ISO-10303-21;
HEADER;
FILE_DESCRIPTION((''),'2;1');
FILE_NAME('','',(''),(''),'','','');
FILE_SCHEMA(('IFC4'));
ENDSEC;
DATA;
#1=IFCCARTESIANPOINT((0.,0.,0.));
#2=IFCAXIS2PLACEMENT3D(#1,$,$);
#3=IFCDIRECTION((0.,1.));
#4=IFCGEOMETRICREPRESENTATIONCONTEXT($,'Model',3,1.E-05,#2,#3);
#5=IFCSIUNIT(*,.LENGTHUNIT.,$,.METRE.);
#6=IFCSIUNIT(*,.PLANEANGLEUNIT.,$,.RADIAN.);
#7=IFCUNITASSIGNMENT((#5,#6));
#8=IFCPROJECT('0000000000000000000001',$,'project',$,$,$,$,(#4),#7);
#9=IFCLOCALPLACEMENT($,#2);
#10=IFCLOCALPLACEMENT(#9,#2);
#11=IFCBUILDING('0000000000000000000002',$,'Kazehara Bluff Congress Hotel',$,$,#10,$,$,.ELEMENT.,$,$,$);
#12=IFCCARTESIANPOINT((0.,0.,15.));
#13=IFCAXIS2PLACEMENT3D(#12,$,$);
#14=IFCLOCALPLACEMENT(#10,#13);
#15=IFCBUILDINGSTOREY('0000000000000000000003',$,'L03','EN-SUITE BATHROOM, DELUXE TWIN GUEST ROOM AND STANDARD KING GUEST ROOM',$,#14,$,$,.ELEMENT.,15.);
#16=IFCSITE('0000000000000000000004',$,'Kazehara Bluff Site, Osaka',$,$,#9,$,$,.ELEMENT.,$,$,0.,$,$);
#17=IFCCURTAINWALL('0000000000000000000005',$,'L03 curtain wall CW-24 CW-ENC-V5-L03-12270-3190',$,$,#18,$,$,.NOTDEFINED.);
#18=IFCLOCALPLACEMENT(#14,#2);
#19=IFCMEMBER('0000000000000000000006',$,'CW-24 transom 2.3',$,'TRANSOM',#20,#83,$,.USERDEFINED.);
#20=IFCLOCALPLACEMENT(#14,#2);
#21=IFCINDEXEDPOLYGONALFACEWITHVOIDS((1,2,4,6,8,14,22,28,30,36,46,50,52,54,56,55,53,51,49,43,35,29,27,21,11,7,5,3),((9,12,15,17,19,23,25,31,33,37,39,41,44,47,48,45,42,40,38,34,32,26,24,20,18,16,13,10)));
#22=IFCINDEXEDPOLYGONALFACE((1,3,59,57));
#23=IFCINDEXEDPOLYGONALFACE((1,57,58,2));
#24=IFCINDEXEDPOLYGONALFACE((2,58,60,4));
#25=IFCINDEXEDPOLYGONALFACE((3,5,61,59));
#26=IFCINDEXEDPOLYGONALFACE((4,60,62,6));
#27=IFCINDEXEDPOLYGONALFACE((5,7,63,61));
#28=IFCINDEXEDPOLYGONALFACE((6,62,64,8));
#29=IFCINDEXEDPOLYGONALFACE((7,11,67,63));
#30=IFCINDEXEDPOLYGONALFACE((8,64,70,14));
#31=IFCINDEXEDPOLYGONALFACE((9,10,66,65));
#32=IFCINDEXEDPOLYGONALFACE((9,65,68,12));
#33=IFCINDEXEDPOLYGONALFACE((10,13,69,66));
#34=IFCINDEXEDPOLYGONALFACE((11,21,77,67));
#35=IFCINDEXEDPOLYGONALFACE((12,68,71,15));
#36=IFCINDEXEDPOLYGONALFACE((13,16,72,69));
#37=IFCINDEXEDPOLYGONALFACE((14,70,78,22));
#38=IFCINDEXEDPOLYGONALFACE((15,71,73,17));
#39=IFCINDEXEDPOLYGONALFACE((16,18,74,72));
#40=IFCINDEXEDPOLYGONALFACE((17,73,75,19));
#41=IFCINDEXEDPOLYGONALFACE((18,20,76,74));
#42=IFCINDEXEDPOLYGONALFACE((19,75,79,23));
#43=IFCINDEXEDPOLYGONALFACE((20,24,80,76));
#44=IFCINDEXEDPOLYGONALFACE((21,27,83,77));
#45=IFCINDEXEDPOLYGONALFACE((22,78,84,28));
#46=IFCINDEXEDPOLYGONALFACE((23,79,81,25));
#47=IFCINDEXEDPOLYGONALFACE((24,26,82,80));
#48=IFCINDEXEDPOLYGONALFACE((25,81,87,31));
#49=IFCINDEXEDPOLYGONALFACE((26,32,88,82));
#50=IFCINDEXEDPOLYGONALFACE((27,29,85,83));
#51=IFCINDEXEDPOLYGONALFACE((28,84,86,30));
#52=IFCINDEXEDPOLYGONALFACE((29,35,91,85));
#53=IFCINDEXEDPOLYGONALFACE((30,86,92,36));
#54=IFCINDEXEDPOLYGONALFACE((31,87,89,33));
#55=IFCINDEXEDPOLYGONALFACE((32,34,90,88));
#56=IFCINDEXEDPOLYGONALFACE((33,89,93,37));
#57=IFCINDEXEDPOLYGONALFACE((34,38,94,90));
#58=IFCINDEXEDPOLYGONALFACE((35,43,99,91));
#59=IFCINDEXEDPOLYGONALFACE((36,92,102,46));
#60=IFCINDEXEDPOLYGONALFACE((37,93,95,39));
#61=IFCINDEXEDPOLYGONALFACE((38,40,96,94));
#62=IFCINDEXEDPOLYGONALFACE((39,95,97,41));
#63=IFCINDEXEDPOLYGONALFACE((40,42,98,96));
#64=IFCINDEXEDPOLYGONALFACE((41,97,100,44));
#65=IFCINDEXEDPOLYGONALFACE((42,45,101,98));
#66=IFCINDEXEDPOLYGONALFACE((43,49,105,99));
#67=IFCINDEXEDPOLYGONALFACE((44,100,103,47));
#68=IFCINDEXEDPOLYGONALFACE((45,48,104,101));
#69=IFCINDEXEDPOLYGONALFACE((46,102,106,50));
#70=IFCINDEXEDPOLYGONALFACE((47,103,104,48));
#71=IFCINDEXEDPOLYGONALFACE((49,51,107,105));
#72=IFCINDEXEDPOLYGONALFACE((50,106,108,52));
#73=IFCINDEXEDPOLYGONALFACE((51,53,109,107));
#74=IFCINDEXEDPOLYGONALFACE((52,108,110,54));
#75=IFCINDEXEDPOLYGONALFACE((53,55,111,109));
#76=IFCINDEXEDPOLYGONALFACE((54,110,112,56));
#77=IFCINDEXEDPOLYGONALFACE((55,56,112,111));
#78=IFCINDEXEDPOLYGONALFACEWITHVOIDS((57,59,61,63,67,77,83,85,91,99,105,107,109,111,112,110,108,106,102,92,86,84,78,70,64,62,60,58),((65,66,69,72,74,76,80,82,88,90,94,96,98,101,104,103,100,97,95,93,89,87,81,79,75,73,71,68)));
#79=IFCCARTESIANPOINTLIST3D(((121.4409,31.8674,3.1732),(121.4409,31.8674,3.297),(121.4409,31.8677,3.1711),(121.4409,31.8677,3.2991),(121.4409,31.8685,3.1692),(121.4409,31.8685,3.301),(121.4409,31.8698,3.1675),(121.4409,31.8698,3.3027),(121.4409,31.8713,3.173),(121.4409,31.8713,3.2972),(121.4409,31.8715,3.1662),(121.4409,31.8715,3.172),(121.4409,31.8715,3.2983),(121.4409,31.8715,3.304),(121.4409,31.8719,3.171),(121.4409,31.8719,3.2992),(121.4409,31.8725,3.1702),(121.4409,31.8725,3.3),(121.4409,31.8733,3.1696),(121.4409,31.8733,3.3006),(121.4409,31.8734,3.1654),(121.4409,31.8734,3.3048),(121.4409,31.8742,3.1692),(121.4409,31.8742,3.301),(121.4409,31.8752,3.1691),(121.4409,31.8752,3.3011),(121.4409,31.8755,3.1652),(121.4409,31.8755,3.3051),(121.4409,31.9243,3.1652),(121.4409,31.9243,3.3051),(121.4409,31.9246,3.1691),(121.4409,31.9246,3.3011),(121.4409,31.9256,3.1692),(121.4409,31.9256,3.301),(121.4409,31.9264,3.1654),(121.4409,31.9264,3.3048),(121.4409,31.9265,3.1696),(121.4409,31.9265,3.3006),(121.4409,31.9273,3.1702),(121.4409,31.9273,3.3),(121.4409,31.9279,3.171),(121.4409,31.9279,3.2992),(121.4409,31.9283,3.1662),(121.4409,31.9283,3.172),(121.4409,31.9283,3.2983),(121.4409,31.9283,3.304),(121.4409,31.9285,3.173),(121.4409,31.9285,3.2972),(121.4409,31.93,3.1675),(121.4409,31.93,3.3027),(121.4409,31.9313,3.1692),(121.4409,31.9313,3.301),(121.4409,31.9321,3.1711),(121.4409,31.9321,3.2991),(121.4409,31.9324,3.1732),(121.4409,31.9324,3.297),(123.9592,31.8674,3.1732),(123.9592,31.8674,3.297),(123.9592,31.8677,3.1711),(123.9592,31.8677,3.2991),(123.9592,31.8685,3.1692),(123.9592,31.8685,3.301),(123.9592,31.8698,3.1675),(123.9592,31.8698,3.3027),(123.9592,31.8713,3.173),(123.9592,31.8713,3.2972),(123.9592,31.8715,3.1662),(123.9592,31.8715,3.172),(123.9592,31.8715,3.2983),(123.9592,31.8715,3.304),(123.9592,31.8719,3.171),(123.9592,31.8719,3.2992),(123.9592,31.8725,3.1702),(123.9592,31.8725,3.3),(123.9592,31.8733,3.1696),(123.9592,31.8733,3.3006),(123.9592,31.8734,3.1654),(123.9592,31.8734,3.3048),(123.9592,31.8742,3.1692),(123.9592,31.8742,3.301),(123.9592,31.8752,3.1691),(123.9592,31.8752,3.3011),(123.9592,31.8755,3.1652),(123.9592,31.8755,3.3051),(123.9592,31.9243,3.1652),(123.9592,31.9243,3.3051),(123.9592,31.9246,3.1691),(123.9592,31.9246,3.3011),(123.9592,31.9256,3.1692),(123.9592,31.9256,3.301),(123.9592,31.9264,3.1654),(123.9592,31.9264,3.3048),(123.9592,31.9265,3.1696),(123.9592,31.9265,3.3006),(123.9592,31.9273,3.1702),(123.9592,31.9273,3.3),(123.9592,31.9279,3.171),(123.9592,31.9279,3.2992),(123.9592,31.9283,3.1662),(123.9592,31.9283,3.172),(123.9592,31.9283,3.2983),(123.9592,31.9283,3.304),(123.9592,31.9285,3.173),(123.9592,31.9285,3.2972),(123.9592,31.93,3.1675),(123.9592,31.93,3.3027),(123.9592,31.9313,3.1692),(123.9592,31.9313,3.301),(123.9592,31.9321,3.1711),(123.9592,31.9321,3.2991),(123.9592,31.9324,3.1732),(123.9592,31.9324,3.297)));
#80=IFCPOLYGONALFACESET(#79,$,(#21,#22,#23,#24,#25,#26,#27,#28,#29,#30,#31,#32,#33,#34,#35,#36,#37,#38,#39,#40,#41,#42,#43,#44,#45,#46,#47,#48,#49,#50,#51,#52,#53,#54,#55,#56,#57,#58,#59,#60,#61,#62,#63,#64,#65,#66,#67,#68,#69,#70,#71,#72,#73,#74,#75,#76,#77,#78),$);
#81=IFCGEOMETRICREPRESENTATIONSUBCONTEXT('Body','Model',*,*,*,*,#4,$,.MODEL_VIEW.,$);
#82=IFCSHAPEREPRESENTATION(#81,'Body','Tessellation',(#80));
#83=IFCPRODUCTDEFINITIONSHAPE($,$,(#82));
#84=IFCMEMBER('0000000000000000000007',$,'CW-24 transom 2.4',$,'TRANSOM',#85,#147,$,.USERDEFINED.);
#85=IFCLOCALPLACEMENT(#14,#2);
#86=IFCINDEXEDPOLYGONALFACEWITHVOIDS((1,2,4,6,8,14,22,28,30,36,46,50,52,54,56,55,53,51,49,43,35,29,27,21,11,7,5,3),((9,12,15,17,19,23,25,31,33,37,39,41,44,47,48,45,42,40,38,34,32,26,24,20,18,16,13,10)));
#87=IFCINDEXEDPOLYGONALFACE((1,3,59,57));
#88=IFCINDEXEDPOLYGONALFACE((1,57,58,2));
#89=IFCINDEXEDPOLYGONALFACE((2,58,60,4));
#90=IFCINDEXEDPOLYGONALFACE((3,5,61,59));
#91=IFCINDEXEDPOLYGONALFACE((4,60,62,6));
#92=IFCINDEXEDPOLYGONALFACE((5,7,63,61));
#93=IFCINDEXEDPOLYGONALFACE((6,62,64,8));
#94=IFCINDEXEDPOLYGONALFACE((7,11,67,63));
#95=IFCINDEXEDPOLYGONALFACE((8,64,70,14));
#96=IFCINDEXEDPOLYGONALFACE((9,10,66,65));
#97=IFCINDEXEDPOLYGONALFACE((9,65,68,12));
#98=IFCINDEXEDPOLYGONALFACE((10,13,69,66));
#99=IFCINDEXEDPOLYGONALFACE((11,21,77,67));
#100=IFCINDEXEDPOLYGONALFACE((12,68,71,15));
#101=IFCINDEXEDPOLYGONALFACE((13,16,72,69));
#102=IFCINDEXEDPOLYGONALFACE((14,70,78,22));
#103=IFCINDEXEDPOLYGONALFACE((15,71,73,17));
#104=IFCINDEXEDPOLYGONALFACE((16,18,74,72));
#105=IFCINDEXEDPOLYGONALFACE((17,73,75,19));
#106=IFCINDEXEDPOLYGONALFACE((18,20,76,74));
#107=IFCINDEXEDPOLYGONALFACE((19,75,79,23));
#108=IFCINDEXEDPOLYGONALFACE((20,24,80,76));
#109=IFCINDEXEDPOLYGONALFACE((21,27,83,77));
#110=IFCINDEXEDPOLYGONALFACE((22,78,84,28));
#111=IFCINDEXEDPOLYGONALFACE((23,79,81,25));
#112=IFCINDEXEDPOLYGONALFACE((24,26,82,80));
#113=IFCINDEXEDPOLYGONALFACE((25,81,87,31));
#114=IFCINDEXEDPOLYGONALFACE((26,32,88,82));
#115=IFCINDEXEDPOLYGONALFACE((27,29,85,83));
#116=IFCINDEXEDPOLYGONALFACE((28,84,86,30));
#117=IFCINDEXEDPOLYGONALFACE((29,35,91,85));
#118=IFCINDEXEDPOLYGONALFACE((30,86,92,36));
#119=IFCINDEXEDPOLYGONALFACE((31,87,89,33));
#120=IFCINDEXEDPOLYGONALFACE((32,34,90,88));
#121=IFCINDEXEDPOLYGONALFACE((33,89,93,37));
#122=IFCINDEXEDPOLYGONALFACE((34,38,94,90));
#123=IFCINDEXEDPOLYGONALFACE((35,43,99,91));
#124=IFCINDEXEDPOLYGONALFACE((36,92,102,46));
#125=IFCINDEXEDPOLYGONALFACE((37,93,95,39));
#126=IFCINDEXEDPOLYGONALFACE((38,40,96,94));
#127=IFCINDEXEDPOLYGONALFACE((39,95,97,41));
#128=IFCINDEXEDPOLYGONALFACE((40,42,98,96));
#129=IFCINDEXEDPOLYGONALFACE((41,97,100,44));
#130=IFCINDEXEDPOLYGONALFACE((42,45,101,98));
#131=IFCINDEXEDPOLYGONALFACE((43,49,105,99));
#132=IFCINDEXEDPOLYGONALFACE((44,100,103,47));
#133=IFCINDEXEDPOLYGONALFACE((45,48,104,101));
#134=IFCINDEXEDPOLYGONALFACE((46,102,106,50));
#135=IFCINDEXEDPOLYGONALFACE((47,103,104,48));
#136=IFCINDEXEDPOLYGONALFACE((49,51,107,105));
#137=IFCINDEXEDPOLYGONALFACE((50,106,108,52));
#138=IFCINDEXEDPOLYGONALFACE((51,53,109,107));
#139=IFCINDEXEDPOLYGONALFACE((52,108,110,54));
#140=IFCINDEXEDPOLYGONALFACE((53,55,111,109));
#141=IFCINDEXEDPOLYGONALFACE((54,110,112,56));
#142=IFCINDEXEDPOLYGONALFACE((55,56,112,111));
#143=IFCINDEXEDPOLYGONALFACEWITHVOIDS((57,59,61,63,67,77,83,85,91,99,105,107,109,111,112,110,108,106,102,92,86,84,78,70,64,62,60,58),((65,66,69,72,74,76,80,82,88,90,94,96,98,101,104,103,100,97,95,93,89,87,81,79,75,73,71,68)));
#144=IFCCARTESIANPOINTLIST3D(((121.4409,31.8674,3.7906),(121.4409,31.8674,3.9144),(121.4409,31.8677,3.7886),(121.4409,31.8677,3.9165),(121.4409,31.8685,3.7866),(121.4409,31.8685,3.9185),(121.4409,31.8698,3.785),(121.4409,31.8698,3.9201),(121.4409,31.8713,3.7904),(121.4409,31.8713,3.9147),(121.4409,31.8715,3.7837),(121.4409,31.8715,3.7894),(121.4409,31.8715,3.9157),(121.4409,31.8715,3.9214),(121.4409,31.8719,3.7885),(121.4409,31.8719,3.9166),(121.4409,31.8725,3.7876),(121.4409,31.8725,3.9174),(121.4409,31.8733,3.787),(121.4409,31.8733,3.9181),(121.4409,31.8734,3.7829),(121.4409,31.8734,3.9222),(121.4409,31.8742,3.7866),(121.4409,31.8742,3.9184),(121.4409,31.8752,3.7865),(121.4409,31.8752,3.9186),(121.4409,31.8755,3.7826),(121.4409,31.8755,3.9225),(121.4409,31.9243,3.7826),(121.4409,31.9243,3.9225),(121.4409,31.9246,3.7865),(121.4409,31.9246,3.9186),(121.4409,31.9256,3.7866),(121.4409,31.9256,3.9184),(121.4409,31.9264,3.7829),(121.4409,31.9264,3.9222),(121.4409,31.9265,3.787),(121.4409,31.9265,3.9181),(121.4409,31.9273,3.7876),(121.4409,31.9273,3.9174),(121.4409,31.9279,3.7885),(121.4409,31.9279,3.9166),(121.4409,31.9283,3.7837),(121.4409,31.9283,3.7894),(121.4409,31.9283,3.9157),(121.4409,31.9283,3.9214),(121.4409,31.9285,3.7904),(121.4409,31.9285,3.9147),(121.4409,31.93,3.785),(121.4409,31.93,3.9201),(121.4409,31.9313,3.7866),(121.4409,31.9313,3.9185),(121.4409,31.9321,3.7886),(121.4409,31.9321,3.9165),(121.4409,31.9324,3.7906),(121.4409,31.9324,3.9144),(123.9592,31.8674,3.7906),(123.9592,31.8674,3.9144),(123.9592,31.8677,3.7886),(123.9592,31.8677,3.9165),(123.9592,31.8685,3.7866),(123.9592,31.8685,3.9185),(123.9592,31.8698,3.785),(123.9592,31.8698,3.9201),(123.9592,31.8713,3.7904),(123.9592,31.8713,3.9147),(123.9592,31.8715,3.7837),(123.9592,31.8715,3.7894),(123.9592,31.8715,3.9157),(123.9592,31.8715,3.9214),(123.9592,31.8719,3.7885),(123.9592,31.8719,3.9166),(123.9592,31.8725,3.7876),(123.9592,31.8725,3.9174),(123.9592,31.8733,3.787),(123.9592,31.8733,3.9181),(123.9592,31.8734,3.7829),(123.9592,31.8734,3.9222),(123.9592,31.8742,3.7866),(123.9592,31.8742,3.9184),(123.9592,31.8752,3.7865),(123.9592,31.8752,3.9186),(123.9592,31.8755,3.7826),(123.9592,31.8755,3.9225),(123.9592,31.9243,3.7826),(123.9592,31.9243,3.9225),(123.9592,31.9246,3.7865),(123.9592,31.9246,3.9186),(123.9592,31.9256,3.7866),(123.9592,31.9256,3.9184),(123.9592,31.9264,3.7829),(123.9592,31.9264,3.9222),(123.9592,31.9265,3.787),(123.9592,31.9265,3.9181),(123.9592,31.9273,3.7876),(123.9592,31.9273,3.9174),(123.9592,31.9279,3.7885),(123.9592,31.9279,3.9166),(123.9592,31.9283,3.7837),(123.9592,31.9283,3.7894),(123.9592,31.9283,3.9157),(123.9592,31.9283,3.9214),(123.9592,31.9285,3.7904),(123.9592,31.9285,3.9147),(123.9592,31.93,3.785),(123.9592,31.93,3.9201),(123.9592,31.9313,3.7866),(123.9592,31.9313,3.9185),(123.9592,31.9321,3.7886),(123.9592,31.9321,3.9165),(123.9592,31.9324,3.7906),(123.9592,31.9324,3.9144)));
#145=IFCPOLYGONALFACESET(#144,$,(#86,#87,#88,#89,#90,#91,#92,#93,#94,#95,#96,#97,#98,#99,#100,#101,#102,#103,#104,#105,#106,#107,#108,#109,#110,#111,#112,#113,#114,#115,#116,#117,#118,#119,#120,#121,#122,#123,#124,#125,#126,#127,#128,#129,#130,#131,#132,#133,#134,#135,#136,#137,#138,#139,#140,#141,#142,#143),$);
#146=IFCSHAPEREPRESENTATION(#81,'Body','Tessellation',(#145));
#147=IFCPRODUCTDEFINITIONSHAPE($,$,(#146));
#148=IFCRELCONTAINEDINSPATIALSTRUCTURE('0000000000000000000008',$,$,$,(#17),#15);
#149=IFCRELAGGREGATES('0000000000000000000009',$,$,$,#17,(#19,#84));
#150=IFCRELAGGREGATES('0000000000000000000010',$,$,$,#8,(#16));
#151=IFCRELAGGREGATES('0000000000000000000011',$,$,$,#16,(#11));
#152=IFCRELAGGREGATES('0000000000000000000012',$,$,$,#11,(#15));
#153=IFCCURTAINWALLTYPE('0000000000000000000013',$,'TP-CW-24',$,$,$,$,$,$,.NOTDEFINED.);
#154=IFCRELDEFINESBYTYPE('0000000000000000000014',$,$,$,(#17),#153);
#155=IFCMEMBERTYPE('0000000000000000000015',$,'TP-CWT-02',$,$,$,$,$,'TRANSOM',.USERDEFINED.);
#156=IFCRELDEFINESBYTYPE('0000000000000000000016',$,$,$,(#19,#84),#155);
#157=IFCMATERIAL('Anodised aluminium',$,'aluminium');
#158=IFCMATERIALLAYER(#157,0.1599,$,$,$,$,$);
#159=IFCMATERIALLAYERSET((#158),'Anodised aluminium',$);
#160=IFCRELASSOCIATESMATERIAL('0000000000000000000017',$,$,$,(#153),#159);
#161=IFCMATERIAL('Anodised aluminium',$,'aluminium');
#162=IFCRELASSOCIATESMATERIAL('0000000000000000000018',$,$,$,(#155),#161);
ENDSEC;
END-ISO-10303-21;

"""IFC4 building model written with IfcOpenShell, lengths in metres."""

from ifc_helpers import new_model, si_unit, direction, frame, origin, origin_2d, place, context, subcontext, project, spatial, hollow_rectangle, extrude, material, layer, layer_set, material_profile, profile_set, type_object, element, aggregate, save


model = new_model("IFC4")

# Units and contexts
model_context = context("Model", 3, precision=1e-05, world=origin(), true_north=direction((0.0, 1.0)))
body_context = subcontext(model_context, "Body", "Model", "MODEL_VIEW")
ifc_project = project(units=[si_unit("LENGTHUNIT", "METRE"), si_unit("PLANEANGLEUNIT", "RADIAN")], contexts=[model_context])

# Site, building, storey
site_placement = place(None, origin())
site = spatial("IfcSite", under=ifc_project, at=site_placement, Name="Kazehara Bluff Site, Osaka", CompositionType="ELEMENT", RefElevation=0.0)
building_placement = place(site_placement, origin())
building = spatial("IfcBuilding", under=site, at=building_placement, Name="Kazehara Bluff Congress Hotel", CompositionType="ELEMENT")
storey_placement = place(building_placement, frame((0.0, 0.0, 15.0)))
storey = spatial("IfcBuildingStorey", under=building, at=storey_placement, Name="L03", Description="EN-SUITE BATHROOM, DELUXE TWIN GUEST ROOM AND STANDARD KING GUEST ROOM", CompositionType="ELEMENT", Elevation=15.0)

# Curtain wall
ifc_material_1 = material(Name="Anodised aluminium", Category="aluminium")
ifc_layer_1 = layer(ifc_material_1, 0.1599)
ifc_layer_set_1 = layer_set([ifc_layer_1], Name="Anodised aluminium")
curtain_wall_type = type_object("IfcCurtainWallType", Name="TP-CW-24", PredefinedType="NOTDEFINED", material=ifc_layer_set_1)
curtain_wall_1_placement = place(storey_placement, origin())
curtain_wall_1 = element("IfcCurtainWall", 1, at=curtain_wall_1_placement, inside=storey, type_object=curtain_wall_type, Name="L03 curtain wall CW-24 CW-ENC-V5-L03-12270-3190", PredefinedType="NOTDEFINED")

# Members
ifc_material_2 = material(Name="Anodised aluminium", Category="aluminium")
ifc_material_profile_1 = material_profile(ifc_material_2, hollow_rectangle(XDim=0.0649, YDim=0.1399, WallThickness=0.0039, InnerFilletRadius=0.0039, OuterFilletRadius=0.0081, at=origin_2d()))
ifc_profile_set_1 = profile_set([ifc_material_profile_1], Name="Anodised aluminium")
member_type_1 = type_object("IfcMemberType", Name="TP-CWT-02", ElementType="TRANSOM", PredefinedType="USERDEFINED", material=ifc_profile_set_1)
member_1_placement = place(storey_placement, frame((121.4409, 31.8999, 3.2351), z_axis=(1.0, 0.0, 0.0), x_axis=(0.0, 1.0, 0.0)))
member_1 = element("IfcMember", 2, at=member_1_placement, type_object=member_type_1, Name="CW-24 transom 2.3", ObjectType="TRANSOM", PredefinedType="USERDEFINED", context=body_context, shape_type="SweptSolid", body=[
    extrude(hollow_rectangle(XDim=0.0649, YDim=0.1399, WallThickness=0.0039, InnerFilletRadius=0.0039, OuterFilletRadius=0.0081, at=origin_2d()), origin(), (0.0, 0.0, 1.0), 2.5183),
])
member_2_placement = place(storey_placement, frame((121.4409, 31.8999, 3.8525), z_axis=(1.0, 0.0, 0.0), x_axis=(0.0, 1.0, 0.0)))
member_2 = element("IfcMember", 3, at=member_2_placement, type_object=member_type_1, Name="CW-24 transom 2.4", ObjectType="TRANSOM", PredefinedType="USERDEFINED", context=body_context, shape_type="SweptSolid", body=[
    extrude(hollow_rectangle(XDim=0.0649, YDim=0.1399, WallThickness=0.0039, InnerFilletRadius=0.0039, OuterFilletRadius=0.0081, at=origin_2d()), origin(), (0.0, 0.0, 1.0), 2.5183),
])

aggregate(curtain_wall_1, [member_1, member_2])

save(model, "model.ifc")
